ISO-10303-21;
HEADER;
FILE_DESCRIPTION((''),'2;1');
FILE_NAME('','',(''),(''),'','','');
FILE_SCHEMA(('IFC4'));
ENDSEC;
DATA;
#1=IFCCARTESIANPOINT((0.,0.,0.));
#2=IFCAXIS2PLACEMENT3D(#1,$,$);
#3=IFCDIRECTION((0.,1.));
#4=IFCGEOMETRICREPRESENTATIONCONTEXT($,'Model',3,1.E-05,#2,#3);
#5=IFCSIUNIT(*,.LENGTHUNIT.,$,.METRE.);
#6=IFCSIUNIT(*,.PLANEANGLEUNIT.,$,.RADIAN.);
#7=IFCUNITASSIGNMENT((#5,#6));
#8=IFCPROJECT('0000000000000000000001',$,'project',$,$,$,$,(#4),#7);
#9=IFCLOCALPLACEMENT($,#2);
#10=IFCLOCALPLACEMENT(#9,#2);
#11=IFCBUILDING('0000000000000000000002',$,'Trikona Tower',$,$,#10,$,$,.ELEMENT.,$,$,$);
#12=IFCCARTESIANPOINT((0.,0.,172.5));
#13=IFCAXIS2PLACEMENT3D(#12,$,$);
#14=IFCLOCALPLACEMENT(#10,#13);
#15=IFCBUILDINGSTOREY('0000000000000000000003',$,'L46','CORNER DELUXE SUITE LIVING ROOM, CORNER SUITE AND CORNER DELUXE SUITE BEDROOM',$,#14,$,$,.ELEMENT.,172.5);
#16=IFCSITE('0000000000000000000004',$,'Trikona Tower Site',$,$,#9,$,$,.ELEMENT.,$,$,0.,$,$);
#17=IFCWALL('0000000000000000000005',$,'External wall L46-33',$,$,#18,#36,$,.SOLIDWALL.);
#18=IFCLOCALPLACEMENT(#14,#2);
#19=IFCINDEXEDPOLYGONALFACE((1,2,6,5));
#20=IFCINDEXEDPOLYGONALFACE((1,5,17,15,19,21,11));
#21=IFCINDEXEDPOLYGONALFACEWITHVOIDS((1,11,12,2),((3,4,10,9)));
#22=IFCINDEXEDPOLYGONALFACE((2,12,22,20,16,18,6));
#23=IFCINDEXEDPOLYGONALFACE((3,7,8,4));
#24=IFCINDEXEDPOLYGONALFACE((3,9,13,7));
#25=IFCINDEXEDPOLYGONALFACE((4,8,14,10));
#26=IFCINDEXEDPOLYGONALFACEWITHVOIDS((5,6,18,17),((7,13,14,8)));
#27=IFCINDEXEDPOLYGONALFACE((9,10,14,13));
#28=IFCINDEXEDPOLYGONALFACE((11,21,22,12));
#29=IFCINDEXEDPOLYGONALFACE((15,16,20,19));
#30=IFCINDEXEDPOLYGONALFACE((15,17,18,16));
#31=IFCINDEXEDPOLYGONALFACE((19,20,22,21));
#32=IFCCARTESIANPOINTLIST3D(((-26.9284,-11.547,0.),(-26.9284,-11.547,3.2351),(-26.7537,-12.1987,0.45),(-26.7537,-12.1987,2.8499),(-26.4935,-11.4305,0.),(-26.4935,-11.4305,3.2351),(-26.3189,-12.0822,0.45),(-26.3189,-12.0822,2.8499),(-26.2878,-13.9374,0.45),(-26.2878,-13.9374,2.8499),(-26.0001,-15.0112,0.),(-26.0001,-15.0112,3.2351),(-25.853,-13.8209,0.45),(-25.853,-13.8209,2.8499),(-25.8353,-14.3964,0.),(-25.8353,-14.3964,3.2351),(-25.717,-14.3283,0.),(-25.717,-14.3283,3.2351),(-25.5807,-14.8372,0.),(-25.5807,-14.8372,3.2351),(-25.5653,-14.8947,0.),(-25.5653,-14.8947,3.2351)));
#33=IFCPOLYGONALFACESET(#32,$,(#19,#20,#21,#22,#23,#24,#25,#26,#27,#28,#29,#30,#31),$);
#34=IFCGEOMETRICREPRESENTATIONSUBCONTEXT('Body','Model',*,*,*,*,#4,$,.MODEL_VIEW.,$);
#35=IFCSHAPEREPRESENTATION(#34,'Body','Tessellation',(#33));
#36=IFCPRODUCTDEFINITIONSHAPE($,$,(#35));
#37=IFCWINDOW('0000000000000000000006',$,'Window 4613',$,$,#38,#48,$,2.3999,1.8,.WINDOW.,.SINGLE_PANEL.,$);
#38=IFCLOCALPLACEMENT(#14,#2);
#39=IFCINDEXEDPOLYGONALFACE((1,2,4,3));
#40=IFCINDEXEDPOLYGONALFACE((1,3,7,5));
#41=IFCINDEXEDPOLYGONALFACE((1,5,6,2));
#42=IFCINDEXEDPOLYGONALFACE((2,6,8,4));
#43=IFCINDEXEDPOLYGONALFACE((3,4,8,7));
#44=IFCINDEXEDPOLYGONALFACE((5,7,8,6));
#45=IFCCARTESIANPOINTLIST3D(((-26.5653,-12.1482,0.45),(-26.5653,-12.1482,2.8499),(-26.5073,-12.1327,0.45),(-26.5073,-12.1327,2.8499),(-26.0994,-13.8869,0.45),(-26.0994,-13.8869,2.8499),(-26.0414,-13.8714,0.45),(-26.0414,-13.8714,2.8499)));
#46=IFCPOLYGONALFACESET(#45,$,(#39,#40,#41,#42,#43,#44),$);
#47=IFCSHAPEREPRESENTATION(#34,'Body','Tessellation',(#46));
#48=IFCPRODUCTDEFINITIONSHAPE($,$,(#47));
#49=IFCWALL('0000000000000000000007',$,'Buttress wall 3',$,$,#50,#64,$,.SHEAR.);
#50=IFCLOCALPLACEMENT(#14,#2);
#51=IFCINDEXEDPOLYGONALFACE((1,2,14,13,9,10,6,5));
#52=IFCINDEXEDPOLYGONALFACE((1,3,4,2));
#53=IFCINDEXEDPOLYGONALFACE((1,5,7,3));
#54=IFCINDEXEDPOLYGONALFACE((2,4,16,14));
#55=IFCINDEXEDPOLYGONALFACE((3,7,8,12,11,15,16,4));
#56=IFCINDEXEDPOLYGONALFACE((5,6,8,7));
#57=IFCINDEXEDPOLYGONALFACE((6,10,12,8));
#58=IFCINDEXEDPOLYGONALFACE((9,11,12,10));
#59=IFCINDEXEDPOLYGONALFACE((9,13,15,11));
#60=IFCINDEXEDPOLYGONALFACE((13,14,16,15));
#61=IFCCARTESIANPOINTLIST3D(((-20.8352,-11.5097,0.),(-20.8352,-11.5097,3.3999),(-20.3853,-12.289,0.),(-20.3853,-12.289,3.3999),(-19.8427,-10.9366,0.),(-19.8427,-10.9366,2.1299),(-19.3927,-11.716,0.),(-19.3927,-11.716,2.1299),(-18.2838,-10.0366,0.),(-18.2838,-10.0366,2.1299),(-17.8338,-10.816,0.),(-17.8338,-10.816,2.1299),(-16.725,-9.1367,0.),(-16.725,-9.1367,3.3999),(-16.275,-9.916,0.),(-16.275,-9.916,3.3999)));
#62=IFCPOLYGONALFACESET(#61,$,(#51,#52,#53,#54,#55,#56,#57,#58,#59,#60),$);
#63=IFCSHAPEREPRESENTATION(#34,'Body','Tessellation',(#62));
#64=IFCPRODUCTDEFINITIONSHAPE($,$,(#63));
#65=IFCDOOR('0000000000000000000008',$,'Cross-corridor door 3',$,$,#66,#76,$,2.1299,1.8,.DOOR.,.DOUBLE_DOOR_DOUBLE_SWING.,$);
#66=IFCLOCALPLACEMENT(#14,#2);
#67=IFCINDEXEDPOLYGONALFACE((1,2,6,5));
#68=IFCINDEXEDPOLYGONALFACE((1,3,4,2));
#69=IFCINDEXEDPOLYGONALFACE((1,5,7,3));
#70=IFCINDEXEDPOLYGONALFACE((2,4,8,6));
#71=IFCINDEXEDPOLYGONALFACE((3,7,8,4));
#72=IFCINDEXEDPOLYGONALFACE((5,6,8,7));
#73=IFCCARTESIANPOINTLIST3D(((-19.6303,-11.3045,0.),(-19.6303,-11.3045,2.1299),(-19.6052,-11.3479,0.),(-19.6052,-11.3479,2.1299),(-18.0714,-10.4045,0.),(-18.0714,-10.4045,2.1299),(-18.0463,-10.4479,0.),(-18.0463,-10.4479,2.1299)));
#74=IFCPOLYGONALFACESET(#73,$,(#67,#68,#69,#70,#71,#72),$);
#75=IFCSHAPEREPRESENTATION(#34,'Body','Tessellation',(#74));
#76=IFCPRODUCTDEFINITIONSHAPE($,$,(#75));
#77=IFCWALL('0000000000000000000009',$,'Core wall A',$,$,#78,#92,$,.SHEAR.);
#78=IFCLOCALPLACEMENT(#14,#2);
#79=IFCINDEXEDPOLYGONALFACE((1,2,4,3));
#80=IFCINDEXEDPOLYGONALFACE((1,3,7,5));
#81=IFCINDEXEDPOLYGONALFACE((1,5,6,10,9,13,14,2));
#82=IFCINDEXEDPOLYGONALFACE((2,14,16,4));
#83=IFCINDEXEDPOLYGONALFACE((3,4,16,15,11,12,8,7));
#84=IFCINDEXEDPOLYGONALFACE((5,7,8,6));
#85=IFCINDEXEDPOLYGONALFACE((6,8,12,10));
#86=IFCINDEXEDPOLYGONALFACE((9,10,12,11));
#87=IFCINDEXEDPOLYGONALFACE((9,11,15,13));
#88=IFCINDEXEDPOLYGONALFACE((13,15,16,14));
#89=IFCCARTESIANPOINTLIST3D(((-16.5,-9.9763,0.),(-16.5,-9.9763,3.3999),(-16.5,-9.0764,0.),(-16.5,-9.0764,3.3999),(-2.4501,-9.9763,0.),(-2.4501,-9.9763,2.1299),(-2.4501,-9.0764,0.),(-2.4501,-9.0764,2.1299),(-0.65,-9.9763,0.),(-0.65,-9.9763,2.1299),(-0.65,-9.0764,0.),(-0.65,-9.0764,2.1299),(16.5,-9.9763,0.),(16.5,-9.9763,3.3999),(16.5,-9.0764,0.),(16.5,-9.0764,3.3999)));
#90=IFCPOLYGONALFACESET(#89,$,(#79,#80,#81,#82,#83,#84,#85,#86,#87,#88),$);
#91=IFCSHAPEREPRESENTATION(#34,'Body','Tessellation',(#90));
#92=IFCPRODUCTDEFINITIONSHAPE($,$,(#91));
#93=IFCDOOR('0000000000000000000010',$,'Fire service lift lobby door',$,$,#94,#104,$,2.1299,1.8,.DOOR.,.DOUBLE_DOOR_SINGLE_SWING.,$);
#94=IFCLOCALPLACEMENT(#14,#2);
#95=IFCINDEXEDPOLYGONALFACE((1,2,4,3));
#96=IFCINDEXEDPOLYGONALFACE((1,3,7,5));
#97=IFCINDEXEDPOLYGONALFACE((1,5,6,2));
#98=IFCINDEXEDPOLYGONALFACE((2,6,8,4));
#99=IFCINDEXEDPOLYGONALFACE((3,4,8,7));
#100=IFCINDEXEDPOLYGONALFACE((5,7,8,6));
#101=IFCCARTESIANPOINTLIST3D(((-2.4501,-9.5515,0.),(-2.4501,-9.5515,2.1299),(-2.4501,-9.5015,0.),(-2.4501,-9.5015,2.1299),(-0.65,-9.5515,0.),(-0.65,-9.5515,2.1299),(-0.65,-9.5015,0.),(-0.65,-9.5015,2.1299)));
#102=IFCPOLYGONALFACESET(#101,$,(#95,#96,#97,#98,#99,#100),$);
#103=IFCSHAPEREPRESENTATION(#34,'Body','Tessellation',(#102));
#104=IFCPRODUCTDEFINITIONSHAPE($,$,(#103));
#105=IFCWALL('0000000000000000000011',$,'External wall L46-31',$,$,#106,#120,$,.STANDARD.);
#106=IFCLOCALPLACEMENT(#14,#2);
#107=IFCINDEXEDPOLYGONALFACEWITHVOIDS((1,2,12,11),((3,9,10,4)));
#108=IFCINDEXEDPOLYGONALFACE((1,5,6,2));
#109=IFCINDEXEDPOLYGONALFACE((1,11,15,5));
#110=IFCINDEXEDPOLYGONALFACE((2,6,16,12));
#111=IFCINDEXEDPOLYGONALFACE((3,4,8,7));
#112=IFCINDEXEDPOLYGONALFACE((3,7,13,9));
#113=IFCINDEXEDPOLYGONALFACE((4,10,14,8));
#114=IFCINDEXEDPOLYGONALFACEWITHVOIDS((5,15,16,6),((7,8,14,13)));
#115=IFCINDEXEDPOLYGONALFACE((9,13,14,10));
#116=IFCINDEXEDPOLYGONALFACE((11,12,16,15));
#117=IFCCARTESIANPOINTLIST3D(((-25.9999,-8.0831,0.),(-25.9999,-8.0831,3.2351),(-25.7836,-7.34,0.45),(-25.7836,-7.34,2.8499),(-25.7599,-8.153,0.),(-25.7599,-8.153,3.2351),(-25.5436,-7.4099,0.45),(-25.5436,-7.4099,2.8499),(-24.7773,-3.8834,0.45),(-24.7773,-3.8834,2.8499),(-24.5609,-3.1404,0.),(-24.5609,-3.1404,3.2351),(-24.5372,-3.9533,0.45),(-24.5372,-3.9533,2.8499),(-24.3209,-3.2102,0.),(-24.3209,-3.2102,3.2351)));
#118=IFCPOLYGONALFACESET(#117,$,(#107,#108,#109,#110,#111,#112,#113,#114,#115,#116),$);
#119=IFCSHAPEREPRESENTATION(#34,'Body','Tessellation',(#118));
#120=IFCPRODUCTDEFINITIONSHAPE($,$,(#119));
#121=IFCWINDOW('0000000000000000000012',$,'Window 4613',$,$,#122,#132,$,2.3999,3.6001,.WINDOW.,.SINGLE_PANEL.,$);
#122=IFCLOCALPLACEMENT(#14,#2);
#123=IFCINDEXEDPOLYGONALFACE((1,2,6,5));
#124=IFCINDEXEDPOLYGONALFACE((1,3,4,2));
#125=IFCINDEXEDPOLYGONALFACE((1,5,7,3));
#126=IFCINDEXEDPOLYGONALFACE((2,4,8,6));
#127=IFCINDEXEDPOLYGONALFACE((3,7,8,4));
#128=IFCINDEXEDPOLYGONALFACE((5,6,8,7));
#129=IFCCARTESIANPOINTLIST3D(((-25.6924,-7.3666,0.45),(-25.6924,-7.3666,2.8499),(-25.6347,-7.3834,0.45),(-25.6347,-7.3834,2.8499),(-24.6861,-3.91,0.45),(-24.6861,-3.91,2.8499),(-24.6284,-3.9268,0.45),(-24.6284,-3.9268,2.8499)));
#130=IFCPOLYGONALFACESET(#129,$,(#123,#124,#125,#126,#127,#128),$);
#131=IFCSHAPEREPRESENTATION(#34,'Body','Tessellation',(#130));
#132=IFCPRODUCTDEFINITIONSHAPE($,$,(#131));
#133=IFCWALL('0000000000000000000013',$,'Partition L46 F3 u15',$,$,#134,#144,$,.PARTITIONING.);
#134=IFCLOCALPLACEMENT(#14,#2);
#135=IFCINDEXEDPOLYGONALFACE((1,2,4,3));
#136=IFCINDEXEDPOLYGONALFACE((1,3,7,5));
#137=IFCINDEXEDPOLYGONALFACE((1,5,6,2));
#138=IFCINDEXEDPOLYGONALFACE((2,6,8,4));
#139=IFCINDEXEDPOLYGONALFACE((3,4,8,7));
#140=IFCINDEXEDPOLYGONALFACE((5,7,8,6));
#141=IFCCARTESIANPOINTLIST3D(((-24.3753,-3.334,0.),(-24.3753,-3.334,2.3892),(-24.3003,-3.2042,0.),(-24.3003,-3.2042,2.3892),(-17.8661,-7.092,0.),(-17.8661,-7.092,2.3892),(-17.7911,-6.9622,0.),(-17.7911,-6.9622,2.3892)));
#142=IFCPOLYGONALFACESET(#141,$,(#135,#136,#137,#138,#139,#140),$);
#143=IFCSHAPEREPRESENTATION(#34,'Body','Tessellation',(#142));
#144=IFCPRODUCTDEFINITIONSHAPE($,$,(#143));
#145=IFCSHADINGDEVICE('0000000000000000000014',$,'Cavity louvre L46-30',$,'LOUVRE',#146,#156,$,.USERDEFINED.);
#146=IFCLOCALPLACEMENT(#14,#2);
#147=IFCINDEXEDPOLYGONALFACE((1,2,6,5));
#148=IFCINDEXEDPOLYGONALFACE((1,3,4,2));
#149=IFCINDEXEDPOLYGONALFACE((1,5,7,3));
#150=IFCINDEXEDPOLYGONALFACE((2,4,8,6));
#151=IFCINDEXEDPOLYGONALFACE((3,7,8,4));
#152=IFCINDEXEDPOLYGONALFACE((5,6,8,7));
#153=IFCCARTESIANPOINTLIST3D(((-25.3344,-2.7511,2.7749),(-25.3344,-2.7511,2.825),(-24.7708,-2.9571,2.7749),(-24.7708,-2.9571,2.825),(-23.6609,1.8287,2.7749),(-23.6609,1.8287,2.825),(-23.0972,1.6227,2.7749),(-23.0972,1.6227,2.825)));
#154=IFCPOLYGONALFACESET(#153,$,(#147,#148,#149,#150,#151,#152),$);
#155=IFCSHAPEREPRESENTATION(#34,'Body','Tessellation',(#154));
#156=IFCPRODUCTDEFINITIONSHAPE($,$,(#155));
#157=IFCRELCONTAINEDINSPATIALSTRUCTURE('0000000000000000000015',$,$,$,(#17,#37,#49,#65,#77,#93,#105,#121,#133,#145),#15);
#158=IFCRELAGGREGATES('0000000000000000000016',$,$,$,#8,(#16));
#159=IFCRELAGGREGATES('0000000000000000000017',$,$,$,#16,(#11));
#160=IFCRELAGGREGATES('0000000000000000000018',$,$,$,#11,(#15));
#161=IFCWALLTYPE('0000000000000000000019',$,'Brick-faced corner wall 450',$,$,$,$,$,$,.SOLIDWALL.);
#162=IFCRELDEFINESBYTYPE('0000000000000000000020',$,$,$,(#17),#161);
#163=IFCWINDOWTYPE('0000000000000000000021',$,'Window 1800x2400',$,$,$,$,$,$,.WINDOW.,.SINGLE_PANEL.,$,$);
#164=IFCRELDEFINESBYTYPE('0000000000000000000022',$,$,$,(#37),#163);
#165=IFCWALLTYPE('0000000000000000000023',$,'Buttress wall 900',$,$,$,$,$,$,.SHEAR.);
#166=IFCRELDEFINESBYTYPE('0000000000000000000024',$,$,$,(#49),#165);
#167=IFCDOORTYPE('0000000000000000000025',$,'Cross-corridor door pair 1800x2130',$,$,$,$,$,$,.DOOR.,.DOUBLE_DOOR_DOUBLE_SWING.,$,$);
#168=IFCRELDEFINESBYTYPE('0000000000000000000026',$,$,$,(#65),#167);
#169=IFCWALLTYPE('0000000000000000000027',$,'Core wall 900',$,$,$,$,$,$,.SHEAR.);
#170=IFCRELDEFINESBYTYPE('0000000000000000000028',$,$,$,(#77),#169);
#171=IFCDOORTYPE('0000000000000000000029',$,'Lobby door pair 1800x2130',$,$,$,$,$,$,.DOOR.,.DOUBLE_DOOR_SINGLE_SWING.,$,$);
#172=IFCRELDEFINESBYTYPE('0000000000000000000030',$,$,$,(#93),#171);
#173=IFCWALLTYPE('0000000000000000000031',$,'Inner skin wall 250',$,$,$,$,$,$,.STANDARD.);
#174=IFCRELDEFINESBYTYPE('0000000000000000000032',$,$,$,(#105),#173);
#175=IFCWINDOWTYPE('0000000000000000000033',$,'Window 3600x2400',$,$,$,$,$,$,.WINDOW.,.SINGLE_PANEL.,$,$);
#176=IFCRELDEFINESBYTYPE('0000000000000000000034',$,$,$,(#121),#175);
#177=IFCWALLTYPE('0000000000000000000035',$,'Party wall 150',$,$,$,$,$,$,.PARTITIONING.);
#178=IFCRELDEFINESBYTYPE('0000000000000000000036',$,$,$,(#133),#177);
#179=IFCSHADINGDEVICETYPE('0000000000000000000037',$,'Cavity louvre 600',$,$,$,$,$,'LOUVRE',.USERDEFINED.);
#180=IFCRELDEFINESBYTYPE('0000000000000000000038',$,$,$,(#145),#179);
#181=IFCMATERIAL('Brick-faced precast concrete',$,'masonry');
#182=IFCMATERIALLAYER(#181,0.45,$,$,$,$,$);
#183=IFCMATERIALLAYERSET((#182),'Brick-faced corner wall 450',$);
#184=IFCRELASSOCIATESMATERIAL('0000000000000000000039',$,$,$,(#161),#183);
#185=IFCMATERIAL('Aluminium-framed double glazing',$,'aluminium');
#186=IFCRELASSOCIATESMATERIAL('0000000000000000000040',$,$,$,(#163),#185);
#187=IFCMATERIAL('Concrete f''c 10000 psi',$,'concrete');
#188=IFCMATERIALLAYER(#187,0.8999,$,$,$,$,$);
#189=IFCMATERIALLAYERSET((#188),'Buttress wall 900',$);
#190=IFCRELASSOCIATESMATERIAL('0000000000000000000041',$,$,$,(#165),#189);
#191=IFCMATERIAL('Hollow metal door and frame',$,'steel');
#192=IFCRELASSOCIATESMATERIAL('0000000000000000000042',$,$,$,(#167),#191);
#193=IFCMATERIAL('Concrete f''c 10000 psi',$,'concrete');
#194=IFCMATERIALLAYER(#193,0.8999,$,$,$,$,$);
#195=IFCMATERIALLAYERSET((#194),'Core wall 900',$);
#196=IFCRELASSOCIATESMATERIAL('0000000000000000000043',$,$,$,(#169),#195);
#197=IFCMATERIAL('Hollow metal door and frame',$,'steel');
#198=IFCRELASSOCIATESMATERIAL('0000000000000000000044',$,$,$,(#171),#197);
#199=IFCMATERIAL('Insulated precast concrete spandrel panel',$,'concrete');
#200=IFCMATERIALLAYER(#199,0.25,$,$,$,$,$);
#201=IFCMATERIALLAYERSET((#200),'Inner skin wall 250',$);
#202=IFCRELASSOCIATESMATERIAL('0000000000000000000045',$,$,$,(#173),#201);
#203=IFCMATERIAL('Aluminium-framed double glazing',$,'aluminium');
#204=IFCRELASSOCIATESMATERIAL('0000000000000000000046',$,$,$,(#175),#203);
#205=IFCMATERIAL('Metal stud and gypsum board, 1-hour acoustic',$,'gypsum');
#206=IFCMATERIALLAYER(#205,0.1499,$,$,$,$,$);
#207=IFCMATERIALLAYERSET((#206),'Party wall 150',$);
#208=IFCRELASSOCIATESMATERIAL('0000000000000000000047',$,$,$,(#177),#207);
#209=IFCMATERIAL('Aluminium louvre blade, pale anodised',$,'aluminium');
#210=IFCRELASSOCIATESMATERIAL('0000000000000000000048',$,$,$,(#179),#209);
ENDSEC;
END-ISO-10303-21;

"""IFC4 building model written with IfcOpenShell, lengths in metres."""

from ifc_helpers import new_model, si_unit, direction, frame, frame_2d, origin, origin_2d, place, context, subcontext, project, spatial, polyline, rectangle, outline, extrude, material, layer, layer_set, type_object, element, fill, save


model = new_model("IFC4")

# Units and contexts
model_context = context("Model", 3, precision=1e-05, world=origin(), true_north=direction((0.0, 1.0)))
body_context = subcontext(model_context, "Body", "Model", "MODEL_VIEW")
ifc_project = project(units=[si_unit("LENGTHUNIT", "METRE"), si_unit("PLANEANGLEUNIT", "RADIAN")], contexts=[model_context])

# Site, building, storey
site_placement = place(None, origin())
site = spatial("IfcSite", under=ifc_project, at=site_placement, Name="Trikona Tower Site", CompositionType="ELEMENT", RefElevation=0.0)
building_placement = place(site_placement, origin())
building = spatial("IfcBuilding", under=site, at=building_placement, Name="Trikona Tower", CompositionType="ELEMENT")
storey_placement = place(building_placement, frame((0.0, 0.0, 172.5)))
storey = spatial("IfcBuildingStorey", under=building, at=storey_placement, Name="L46", Description="CORNER DELUXE SUITE LIVING ROOM, CORNER SUITE AND CORNER DELUXE SUITE BEDROOM", CompositionType="ELEMENT", Elevation=172.5)

# Wall, opening, window
ifc_material_1 = material(Name="Brick-faced precast concrete", Category="masonry")
ifc_layer_1 = layer(ifc_material_1, 0.45)
ifc_layer_set_1 = layer_set([ifc_layer_1], Name="Brick-faced corner wall 450")
wall_type_1 = type_object("IfcWallType", Name="Brick-faced corner wall 450", PredefinedType="SOLIDWALL", material=ifc_layer_set_1)
wall_1_placement = place(storey_placement, frame((-26.7109, -11.4888, 0.0), z_axis=(0.0, 0.0, 1.0), x_axis=(0.258823, -0.965925, 0.0)))
wall_1 = element("IfcWall", 1, at=wall_1_placement, inside=storey, type_object=wall_type_1, Name="External wall L46-33", PredefinedType="SOLIDWALL", context=body_context, shape_type="SweptSolid", body=[
    extrude(outline(polyline([(3.5864, 0.2251), (3.5269, 0.2251), (3.0352, 0.0933), (3.0, 0.2251), (0.0, 0.2251), (0.0, -0.2251), (3.5864, -0.2251), (3.5864, 0.2251)])), origin(), (0.0, 0.0, 1.0), 3.2351),
])
opening_1_placement = place(wall_1_placement, frame((0.6748, 0.0, 0.45)))
opening_1 = element("IfcOpeningElement", 2, at=opening_1_placement, cuts=wall_1, PredefinedType="OPENING", context=body_context, shape_type="SweptSolid", body=[
    extrude(rectangle(XDim=1.8, YDim=2.3999, at=frame_2d((0.8999, 1.2))), frame((0.0, 0.2349, 0.0), z_axis=(0.0, -1.0, 0.0), x_axis=(1.0, 0.0, 0.0)), (0.0, 0.0, 1.0), 0.47),
])
ifc_material_2 = material(Name="Aluminium-framed double glazing", Category="aluminium")
window_type_1 = type_object("IfcWindowType", Name="Window 1800x2400", PartitioningType="SINGLE_PANEL", PredefinedType="WINDOW", material=ifc_material_2)
window_1_placement = place(opening_1_placement, origin())
window_1 = element("IfcWindow", 3, at=window_1_placement, inside=storey, type_object=window_type_1, Name="Window 4613", OverallHeight=2.3999, OverallWidth=1.8, PartitioningType="SINGLE_PANEL", PredefinedType="WINDOW", context=body_context, shape_type="SweptSolid", body=[
    extrude(rectangle(XDim=1.8, YDim=2.3999, at=frame_2d((0.8999, 1.2))), frame((0.0, 0.03, 0.0), z_axis=(0.0, -1.0, 0.0), x_axis=(1.0, 0.0, 0.0)), (0.0, 0.0, 1.0), 0.0601),
])
fill(opening_1, window_1)

# Walls, openings, doors
ifc_material_3 = material(Name="Concrete f'c 10000 psi", Category="concrete")
ifc_layer_2 = layer(ifc_material_3, 0.8999)
ifc_layer_set_2 = layer_set([ifc_layer_2], Name="Buttress wall 900")
wall_type_2 = type_object("IfcWallType", Name="Buttress wall 900", PredefinedType="SHEAR", material=ifc_layer_set_2)
wall_2_placement = place(storey_placement, frame((-16.5, -9.5264, 0.0), z_axis=(0.0, 0.0, 1.0), x_axis=(-0.866031, -0.49999, 0.0)))
wall_2 = element("IfcWall", 4, at=wall_2_placement, inside=storey, type_object=wall_type_2, Name="Buttress wall 3", PredefinedType="SHEAR", context=body_context, shape_type="SweptSolid", body=[
    extrude(rectangle(XDim=4.7461, YDim=0.8999, at=frame_2d((2.373, 0.0))), origin(), (0.0, 0.0, 1.0), 3.3999),
])
opening_2_placement = place(wall_2_placement, frame((1.8, 0.0, 0.0)))
opening_2 = element("IfcOpeningElement", 5, at=opening_2_placement, cuts=wall_2, PredefinedType="OPENING", context=body_context, shape_type="SweptSolid", body=[
    extrude(rectangle(XDim=1.8, YDim=2.1299, at=frame_2d((0.8999, 1.0649))), frame((0.0, 0.46, 0.0), z_axis=(0.0, -1.0, 0.0), x_axis=(1.0, 0.0, 0.0)), (0.0, 0.0, 1.0), 0.9199),
])
ifc_material_4 = material(Name="Hollow metal door and frame", Category="steel")
door_type_1 = type_object("IfcDoorType", Name="Cross-corridor door pair 1800x2130", OperationType="DOUBLE_DOOR_DOUBLE_SWING", PredefinedType="DOOR", material=ifc_material_4)
door_1_placement = place(opening_2_placement, origin())
door_1 = element("IfcDoor", 6, at=door_1_placement, inside=storey, type_object=door_type_1, Name="Cross-corridor door 3", OperationType="DOUBLE_DOOR_DOUBLE_SWING", OverallHeight=2.1299, OverallWidth=1.8, PredefinedType="DOOR", context=body_context, shape_type="SweptSolid", body=[
    extrude(rectangle(XDim=1.8, YDim=2.1299, at=frame_2d((0.8999, 1.0649))), frame((0.0, 0.0249, 0.0), z_axis=(0.0, -1.0, 0.0), x_axis=(1.0, 0.0, 0.0)), (0.0, 0.0, 1.0), 0.05),
])
fill(opening_2, door_1)
ifc_material_5 = material(Name="Concrete f'c 10000 psi", Category="concrete")
ifc_layer_3 = layer(ifc_material_5, 0.8999)
ifc_layer_set_3 = layer_set([ifc_layer_3], Name="Core wall 900")
wall_type_3 = type_object("IfcWallType", Name="Core wall 900", PredefinedType="SHEAR", material=ifc_layer_set_3)
wall_3_placement = place(storey_placement, frame((-16.5, -9.5264, 0.0), z_axis=(0.0, 0.0, 1.0), x_axis=(1.0, 0.0, 0.0)))
wall_3 = element("IfcWall", 7, at=wall_3_placement, inside=storey, type_object=wall_type_3, Name="Core wall A", PredefinedType="SHEAR", context=body_context, shape_type="SweptSolid", body=[
    extrude(rectangle(XDim=33.0, YDim=0.8999, at=frame_2d((16.5, 0.0))), origin(), (0.0, 0.0, 1.0), 3.3999),
])
opening_3_placement = place(wall_3_placement, frame((14.05, 0.0, 0.0)))
opening_3 = element("IfcOpeningElement", 8, at=opening_3_placement, cuts=wall_3, PredefinedType="OPENING", context=body_context, shape_type="SweptSolid", body=[
    extrude(rectangle(XDim=1.8, YDim=2.1299, at=frame_2d((0.8999, 1.0649))), frame((0.0, 0.46, 0.0), z_axis=(0.0, -1.0, 0.0), x_axis=(1.0, 0.0, 0.0)), (0.0, 0.0, 1.0), 0.9199),
])
ifc_material_6 = material(Name="Hollow metal door and frame", Category="steel")
door_type_2 = type_object("IfcDoorType", Name="Lobby door pair 1800x2130", OperationType="DOUBLE_DOOR_SINGLE_SWING", PredefinedType="DOOR", material=ifc_material_6)
door_2_placement = place(opening_3_placement, origin())
door_2 = element("IfcDoor", 9, at=door_2_placement, inside=storey, type_object=door_type_2, Name="Fire service lift lobby door", OperationType="DOUBLE_DOOR_SINGLE_SWING", OverallHeight=2.1299, OverallWidth=1.8, PredefinedType="DOOR", context=body_context, shape_type="SweptSolid", body=[
    extrude(rectangle(XDim=1.8, YDim=2.1299, at=frame_2d((0.8999, 1.0649))), frame((0.0, 0.0249, 0.0), z_axis=(0.0, -1.0, 0.0), x_axis=(1.0, 0.0, 0.0)), (0.0, 0.0, 1.0), 0.05),
])
fill(opening_3, door_2)

# Wall, opening, window
ifc_material_7 = material(Name="Insulated precast concrete spandrel panel", Category="concrete")
ifc_layer_4 = layer(ifc_material_7, 0.25)
ifc_layer_set_4 = layer_set([ifc_layer_4], Name="Inner skin wall 250")
wall_type_4 = type_object("IfcWallType", Name="Inner skin wall 250", PredefinedType="STANDARD", material=ifc_layer_set_4)
wall_4_placement = place(storey_placement, frame((-24.4409, -3.1753, 0.0), z_axis=(0.0, 0.0, 1.0), x_axis=(-0.279528, -0.960137, 0.0)))
wall_4 = element("IfcWall", 10, at=wall_4_placement, inside=storey, type_object=wall_type_4, Name="External wall L46-31", PredefinedType="STANDARD", context=body_context, shape_type="SweptSolid", body=[
    extrude(rectangle(XDim=5.1479, YDim=0.25, at=frame_2d((2.574, 0.0))), origin(), (0.0, 0.0, 1.0), 3.2351),
])
opening_4_placement = place(wall_4_placement, frame((0.7739, 0.0, 0.45)))
opening_4 = element("IfcOpeningElement", 11, at=opening_4_placement, cuts=wall_4, PredefinedType="OPENING", context=body_context, shape_type="SweptSolid", body=[
    extrude(rectangle(XDim=3.6001, YDim=2.3999, at=frame_2d((1.8, 1.2))), frame((0.0, 0.135, 0.0), z_axis=(0.0, -1.0, 0.0), x_axis=(1.0, 0.0, 0.0)), (0.0, 0.0, 1.0), 0.27),
])
ifc_material_8 = material(Name="Aluminium-framed double glazing", Category="aluminium")
window_type_2 = type_object("IfcWindowType", Name="Window 3600x2400", PartitioningType="SINGLE_PANEL", PredefinedType="WINDOW", material=ifc_material_8)
window_2_placement = place(opening_4_placement, origin())
window_2 = element("IfcWindow", 12, at=window_2_placement, inside=storey, type_object=window_type_2, Name="Window 4613", OverallHeight=2.3999, OverallWidth=3.6001, PartitioningType="SINGLE_PANEL", PredefinedType="WINDOW", context=body_context, shape_type="SweptSolid", body=[
    extrude(rectangle(XDim=3.6001, YDim=2.3999, at=frame_2d((1.8, 1.2))), frame((0.0, 0.03, 0.0), z_axis=(0.0, -1.0, 0.0), x_axis=(1.0, 0.0, 0.0)), (0.0, 0.0, 1.0), 0.0601),
])
fill(opening_4, window_2)

# Wall
ifc_material_9 = material(Name="Metal stud and gypsum board, 1-hour acoustic", Category="gypsum")
ifc_layer_5 = layer(ifc_material_9, 0.1499)
ifc_layer_set_5 = layer_set([ifc_layer_5], Name="Party wall 150")
wall_type_5 = type_object("IfcWallType", Name="Party wall 150", PredefinedType="PARTITIONING", material=ifc_layer_set_5)
wall_5_placement = place(storey_placement, frame((-17.8286, -7.0271, 0.0), z_axis=(0.0, 0.0, 1.0), x_axis=(-0.86603, 0.499992, 0.0)))
element("IfcWall", 13, at=wall_5_placement, inside=storey, type_object=wall_type_5, Name="Partition L46 F3 u15", PredefinedType="PARTITIONING", context=body_context, shape_type="SweptSolid", body=[
    extrude(rectangle(XDim=7.5161, YDim=0.1499, at=frame_2d((3.7581, 0.0))), origin(), (0.0, 0.0, 1.0), 2.3892),
])

# Shading device
ifc_material_10 = material(Name="Aluminium louvre blade, pale anodised", Category="aluminium")
shading_device_type = type_object("IfcShadingDeviceType", Name="Cavity louvre 600", ElementType="LOUVRE", PredefinedType="USERDEFINED", material=ifc_material_10)
shading_device_1_placement = place(storey_placement, frame((-24.2158, -0.5642, 2.7749), z_axis=(0.0, 0.0, 1.0), x_axis=(-0.34322, -0.939255, 0.0)))
element("IfcShadingDevice", 14, at=shading_device_1_placement, inside=storey, type_object=shading_device_type, Name="Cavity louvre L46-30", ObjectType="LOUVRE", PredefinedType="USERDEFINED", context=body_context, shape_type="SweptSolid", body=[
    extrude(rectangle(XDim=4.876, YDim=0.6001, at=origin_2d()), origin(), (0.0, 0.0, 1.0), 0.05),
])

save(model, "model.ifc")
